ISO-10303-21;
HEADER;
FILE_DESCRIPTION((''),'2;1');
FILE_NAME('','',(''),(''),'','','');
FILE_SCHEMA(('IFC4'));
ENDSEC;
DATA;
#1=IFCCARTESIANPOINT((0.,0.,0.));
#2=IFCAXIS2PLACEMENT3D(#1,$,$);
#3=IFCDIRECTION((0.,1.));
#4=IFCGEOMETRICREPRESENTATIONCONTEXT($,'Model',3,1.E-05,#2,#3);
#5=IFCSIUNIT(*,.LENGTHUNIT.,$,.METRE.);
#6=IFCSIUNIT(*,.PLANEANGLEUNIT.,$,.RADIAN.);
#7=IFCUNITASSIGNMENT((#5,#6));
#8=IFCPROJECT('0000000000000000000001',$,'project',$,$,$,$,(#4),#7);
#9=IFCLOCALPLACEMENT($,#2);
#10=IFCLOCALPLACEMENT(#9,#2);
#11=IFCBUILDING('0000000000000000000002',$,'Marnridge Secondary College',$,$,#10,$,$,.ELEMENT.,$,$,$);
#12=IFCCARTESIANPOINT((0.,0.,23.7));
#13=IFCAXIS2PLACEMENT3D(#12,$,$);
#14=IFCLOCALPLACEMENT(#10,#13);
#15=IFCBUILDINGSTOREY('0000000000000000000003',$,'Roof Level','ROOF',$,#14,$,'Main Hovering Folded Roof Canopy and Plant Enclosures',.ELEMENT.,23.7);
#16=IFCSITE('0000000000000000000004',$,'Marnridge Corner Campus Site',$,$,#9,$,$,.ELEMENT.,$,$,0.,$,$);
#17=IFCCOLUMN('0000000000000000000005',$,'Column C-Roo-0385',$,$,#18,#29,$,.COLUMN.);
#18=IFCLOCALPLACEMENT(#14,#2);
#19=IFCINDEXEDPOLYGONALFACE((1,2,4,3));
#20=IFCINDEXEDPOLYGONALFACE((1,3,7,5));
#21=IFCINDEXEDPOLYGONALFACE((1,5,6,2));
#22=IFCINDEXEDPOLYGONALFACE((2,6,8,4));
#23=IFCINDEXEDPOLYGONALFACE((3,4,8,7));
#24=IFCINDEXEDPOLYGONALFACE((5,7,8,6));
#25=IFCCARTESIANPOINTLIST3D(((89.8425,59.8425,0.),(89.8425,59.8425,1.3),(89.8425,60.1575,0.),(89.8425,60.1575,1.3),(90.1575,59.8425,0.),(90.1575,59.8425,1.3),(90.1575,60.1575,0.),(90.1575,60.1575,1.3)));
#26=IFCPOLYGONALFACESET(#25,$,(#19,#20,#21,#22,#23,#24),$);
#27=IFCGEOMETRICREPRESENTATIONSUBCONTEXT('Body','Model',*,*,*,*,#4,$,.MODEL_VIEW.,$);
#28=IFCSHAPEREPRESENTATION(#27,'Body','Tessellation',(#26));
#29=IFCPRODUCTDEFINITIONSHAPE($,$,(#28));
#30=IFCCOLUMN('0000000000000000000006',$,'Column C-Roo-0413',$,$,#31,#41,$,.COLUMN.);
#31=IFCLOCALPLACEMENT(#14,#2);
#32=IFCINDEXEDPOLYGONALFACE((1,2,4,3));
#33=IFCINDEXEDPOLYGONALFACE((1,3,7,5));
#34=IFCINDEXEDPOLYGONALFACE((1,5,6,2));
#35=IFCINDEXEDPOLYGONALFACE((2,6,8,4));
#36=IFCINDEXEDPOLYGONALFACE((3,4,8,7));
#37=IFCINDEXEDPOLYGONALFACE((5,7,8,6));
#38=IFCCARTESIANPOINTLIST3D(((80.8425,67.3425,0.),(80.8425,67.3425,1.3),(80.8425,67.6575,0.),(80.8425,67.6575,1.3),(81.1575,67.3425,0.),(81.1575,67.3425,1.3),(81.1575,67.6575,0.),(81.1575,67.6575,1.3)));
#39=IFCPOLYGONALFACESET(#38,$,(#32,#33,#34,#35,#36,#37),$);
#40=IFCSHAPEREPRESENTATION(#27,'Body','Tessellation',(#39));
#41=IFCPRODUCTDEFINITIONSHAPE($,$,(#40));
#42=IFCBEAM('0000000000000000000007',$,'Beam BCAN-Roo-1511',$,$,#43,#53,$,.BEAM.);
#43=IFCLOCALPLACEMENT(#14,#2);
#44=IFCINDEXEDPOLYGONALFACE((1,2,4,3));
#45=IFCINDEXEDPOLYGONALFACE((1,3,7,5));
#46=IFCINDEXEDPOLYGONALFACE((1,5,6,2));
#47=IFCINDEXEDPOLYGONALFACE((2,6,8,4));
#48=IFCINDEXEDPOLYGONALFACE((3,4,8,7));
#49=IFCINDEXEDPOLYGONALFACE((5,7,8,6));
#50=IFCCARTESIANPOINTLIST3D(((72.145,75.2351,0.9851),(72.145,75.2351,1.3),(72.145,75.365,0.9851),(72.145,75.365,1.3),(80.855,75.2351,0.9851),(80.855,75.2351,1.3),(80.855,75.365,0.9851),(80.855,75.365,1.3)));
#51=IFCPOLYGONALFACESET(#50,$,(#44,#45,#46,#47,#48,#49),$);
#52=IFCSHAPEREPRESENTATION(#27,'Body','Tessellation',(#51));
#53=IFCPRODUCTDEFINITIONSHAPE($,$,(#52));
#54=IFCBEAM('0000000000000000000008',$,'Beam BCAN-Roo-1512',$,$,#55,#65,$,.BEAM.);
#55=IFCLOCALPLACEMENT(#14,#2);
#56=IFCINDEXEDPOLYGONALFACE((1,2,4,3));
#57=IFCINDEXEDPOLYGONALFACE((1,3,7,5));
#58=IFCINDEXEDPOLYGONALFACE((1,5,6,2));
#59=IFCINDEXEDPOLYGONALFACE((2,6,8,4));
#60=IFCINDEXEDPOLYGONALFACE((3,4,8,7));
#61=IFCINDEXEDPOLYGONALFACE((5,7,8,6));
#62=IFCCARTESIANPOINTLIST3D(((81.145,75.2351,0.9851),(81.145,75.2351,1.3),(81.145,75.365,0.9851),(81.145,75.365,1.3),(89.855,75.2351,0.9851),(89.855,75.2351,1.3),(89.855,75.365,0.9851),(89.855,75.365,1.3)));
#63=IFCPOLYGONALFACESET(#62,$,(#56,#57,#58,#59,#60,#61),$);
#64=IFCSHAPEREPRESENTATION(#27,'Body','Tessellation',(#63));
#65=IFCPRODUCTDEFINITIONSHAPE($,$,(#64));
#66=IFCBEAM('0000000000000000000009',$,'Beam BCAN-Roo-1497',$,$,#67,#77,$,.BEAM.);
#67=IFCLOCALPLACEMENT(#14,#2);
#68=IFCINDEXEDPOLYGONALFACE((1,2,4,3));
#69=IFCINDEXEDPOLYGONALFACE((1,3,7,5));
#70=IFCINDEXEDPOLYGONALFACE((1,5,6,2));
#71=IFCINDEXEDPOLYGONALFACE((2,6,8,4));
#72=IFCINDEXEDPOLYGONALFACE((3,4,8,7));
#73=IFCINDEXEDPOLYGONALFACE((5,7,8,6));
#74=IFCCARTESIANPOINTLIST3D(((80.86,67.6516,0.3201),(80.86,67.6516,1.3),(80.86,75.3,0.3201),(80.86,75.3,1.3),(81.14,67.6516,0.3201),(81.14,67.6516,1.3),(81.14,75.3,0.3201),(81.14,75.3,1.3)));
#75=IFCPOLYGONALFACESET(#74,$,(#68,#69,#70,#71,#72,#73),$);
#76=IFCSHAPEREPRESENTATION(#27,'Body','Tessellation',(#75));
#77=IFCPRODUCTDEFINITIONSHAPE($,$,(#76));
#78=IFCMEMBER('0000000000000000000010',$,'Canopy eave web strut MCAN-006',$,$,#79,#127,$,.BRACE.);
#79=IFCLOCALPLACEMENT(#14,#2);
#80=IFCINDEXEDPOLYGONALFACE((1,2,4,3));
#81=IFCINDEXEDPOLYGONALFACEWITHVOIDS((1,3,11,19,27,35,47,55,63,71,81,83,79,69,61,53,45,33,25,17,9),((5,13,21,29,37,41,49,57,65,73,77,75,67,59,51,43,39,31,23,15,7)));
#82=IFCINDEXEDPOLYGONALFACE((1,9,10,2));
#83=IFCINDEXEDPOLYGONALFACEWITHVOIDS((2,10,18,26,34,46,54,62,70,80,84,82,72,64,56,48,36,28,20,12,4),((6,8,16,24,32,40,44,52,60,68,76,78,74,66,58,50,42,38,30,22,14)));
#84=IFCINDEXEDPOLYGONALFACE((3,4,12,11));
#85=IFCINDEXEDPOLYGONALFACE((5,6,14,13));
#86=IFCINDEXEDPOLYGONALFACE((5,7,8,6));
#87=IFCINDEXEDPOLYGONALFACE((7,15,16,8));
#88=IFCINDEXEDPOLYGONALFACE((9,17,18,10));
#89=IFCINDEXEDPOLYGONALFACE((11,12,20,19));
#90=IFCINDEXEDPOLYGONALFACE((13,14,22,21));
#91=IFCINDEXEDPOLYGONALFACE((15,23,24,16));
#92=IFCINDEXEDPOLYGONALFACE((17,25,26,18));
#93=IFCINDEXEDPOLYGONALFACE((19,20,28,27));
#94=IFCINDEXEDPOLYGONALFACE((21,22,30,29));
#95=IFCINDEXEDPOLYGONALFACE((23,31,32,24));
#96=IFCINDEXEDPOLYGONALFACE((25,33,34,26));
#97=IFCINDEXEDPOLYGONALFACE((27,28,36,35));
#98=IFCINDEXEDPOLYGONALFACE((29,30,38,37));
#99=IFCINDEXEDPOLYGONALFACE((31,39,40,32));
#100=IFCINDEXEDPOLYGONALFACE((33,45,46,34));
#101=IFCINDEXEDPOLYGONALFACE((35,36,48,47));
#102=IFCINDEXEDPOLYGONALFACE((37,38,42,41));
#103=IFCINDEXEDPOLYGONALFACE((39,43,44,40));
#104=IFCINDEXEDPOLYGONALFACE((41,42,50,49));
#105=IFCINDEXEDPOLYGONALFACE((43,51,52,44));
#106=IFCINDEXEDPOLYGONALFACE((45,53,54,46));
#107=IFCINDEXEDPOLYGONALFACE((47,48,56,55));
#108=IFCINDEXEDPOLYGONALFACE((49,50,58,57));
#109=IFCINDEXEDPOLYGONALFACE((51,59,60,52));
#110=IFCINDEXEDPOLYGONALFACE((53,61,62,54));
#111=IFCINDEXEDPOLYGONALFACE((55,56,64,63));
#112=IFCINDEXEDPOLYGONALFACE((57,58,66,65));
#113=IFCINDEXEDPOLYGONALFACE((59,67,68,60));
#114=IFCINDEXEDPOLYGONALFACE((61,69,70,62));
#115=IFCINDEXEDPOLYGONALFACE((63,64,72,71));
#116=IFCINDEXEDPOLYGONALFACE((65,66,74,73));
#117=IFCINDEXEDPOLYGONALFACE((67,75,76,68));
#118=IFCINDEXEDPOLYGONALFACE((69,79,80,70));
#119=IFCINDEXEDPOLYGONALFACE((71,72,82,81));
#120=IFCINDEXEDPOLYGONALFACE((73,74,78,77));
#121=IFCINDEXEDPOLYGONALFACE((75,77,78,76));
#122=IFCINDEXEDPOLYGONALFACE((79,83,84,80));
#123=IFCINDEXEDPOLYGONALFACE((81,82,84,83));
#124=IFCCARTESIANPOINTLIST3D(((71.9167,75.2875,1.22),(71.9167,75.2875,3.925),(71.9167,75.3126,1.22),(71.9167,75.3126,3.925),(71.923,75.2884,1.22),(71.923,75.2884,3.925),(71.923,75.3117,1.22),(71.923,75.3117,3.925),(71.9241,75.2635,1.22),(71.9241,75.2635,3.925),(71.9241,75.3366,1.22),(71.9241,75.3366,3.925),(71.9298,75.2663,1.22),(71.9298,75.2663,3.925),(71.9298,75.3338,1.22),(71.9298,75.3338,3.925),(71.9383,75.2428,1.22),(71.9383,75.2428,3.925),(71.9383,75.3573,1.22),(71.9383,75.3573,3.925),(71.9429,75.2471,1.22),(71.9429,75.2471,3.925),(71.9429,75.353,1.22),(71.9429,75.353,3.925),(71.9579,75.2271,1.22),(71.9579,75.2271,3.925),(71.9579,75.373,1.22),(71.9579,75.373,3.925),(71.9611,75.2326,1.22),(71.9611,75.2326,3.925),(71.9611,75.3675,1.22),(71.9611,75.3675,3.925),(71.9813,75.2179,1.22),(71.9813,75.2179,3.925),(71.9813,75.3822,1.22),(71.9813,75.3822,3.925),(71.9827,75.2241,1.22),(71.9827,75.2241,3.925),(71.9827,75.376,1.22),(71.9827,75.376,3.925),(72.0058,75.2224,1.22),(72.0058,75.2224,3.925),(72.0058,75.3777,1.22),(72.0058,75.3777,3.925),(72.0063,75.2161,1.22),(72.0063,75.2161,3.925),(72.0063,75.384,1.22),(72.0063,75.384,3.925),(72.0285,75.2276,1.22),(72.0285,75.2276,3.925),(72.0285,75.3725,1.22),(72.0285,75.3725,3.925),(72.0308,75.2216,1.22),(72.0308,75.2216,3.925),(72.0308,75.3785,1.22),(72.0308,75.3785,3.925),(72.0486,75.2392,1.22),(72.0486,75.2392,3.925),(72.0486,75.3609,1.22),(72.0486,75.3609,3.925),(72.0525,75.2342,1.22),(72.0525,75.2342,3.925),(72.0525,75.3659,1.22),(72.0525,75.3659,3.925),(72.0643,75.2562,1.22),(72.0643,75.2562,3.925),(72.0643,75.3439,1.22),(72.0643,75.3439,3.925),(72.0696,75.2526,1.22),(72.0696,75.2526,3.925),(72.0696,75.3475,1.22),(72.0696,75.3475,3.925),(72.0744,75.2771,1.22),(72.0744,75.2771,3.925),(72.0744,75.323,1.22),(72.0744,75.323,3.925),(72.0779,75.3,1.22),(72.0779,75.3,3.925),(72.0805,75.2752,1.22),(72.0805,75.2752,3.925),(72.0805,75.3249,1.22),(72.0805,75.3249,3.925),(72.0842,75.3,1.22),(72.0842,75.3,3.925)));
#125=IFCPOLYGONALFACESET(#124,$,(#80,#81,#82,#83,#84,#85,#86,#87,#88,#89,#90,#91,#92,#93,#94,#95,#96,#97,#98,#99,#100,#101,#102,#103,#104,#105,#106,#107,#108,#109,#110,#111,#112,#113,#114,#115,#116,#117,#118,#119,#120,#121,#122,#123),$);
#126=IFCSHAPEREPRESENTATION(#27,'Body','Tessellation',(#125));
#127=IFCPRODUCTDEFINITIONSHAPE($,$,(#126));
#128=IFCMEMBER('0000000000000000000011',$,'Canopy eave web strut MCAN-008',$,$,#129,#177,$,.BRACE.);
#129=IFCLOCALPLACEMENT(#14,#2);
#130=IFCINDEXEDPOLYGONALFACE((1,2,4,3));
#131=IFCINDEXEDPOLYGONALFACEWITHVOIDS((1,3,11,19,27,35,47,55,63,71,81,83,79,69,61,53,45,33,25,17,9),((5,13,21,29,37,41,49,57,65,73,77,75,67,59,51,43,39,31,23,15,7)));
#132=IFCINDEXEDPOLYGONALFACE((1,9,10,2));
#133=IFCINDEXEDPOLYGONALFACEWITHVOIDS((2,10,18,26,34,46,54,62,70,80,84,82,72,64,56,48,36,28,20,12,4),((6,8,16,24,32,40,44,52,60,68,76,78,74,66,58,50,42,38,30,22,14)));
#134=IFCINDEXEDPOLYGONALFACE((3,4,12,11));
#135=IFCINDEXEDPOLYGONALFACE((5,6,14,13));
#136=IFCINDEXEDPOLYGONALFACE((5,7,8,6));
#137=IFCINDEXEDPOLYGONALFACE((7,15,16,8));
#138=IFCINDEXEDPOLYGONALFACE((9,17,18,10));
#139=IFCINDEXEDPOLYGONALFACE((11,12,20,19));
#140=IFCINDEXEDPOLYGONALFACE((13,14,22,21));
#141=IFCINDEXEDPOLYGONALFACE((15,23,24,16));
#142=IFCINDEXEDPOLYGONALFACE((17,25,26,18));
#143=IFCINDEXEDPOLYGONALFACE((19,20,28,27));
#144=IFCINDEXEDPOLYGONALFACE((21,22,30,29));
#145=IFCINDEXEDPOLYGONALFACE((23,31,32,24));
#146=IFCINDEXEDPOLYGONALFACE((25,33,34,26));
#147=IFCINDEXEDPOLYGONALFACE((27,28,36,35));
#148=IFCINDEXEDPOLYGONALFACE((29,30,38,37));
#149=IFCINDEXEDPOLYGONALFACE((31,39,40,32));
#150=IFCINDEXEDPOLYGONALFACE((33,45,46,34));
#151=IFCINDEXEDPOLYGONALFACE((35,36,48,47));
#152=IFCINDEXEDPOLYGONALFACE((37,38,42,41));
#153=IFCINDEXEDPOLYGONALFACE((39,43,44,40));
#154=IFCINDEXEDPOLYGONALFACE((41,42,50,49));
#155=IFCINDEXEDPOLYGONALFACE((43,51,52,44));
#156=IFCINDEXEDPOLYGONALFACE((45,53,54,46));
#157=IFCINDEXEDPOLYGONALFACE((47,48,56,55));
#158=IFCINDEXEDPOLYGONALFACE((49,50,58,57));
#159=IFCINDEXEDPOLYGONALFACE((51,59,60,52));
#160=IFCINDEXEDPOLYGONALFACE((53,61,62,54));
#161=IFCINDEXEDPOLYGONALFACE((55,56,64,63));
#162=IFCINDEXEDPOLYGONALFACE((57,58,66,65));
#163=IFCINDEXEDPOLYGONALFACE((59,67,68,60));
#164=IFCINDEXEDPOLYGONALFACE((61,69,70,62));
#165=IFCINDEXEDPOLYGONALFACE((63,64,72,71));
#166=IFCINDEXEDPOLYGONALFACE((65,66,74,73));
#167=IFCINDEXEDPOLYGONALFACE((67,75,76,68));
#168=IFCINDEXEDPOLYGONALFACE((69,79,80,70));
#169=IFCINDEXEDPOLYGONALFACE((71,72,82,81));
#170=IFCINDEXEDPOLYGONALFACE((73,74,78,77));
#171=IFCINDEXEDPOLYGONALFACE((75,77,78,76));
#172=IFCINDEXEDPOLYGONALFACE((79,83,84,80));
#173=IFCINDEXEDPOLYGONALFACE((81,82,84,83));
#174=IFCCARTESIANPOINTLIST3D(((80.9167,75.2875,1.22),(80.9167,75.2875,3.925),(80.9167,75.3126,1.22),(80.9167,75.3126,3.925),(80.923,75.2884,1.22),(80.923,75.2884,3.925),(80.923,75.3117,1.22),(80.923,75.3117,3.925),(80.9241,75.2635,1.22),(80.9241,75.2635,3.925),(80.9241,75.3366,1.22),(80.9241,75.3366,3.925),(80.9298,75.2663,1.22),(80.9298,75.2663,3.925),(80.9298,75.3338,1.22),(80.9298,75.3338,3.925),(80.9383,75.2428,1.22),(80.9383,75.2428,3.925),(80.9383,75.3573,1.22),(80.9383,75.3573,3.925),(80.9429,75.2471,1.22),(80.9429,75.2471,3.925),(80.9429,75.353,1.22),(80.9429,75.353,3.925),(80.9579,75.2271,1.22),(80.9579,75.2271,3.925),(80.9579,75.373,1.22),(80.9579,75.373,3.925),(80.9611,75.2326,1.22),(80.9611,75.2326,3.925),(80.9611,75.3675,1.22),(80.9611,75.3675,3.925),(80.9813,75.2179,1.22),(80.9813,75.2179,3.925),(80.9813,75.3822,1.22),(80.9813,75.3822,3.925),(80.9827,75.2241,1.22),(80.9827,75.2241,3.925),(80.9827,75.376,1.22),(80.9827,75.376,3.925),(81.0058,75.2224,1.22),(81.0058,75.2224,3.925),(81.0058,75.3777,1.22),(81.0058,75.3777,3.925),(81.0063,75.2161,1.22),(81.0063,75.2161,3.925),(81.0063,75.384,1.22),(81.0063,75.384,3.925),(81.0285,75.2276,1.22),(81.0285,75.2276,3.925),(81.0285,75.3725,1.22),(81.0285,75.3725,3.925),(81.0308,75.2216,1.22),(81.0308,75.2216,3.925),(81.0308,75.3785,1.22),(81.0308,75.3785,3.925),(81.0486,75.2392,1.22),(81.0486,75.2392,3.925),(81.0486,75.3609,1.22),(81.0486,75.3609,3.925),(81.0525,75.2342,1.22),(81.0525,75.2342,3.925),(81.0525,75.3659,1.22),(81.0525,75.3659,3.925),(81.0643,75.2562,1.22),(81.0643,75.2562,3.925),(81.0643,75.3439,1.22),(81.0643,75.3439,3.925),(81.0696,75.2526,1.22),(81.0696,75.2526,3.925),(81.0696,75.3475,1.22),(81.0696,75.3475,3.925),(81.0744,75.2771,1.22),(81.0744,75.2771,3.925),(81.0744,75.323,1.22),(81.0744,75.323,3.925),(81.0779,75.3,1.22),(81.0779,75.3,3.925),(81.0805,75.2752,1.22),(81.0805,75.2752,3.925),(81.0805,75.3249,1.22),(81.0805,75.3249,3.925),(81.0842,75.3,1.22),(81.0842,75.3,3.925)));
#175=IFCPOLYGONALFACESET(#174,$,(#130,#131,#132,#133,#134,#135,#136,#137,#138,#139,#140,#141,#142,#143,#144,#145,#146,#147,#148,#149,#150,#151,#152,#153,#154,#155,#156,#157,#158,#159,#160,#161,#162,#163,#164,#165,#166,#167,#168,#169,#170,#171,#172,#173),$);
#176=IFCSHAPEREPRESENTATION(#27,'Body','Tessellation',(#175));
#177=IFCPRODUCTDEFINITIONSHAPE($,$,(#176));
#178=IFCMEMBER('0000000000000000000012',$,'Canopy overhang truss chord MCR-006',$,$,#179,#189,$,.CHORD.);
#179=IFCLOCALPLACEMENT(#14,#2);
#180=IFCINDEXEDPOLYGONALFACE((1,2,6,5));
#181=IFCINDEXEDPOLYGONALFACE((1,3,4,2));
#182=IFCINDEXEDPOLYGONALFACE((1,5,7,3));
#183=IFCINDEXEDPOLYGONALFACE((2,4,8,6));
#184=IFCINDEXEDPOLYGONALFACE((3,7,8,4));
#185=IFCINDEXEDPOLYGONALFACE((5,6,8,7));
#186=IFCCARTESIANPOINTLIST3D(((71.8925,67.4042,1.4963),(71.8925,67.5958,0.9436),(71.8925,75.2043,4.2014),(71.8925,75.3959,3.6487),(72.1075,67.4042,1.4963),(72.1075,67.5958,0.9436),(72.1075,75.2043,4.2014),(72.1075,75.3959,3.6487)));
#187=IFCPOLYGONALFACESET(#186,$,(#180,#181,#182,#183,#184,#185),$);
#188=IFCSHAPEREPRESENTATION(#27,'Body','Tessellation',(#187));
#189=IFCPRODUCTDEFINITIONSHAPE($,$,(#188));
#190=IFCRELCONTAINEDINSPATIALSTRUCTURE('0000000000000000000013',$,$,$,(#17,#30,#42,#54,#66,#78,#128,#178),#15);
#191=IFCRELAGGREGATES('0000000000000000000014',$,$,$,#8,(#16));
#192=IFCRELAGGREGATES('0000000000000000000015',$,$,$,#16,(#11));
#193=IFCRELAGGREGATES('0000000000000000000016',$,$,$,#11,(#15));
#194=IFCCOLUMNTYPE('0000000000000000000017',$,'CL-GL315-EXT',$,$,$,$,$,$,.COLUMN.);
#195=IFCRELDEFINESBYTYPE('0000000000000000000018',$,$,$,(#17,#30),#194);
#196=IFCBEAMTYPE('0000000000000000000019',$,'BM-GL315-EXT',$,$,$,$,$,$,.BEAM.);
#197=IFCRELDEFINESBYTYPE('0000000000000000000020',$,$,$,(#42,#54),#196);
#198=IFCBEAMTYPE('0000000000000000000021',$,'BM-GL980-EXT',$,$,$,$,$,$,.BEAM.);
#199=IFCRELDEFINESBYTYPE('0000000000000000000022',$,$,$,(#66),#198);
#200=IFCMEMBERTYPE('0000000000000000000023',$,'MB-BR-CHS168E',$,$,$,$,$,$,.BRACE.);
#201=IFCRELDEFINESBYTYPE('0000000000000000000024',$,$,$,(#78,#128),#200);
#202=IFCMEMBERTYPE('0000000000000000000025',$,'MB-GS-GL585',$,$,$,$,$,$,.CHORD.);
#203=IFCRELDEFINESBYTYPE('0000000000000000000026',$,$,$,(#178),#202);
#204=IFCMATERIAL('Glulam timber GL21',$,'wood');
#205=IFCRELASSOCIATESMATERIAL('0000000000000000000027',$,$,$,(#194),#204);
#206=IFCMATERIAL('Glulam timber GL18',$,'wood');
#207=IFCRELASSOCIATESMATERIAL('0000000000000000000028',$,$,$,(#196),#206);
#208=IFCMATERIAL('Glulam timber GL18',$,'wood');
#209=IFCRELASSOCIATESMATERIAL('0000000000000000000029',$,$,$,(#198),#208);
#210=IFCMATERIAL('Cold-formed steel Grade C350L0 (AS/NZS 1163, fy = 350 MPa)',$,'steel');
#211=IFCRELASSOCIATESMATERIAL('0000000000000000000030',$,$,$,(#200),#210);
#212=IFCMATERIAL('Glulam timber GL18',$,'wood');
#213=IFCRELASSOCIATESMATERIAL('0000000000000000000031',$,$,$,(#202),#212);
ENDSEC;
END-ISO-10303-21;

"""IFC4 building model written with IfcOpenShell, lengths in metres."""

from ifc_helpers import new_model, si_unit, direction, frame, origin, origin_2d, place, context, subcontext, project, spatial, rectangle, hollow_circle, extrude, material, material_profile, profile_set, type_object, element, save


model = new_model("IFC4")

# Units and contexts
model_context = context("Model", 3, precision=1e-05, world=origin(), true_north=direction((0.0, 1.0)))
body_context = subcontext(model_context, "Body", "Model", "MODEL_VIEW")
ifc_project = project(units=[si_unit("LENGTHUNIT", "METRE"), si_unit("PLANEANGLEUNIT", "RADIAN")], contexts=[model_context])

# Site, building, storey
site_placement = place(None, origin())
site = spatial("IfcSite", under=ifc_project, at=site_placement, Name="Marnridge Corner Campus Site", CompositionType="ELEMENT", RefElevation=0.0)
building_placement = place(site_placement, origin())
building = spatial("IfcBuilding", under=site, at=building_placement, Name="Marnridge Secondary College", CompositionType="ELEMENT")
storey_placement = place(building_placement, frame((0.0, 0.0, 23.7)))
storey = spatial("IfcBuildingStorey", under=building, at=storey_placement, Name="Roof Level", Description="ROOF", LongName="Main Hovering Folded Roof Canopy and Plant Enclosures", CompositionType="ELEMENT", Elevation=23.7)

# Columns
ifc_material_1 = material(Name="Glulam timber GL21", Category="wood")
ifc_material_profile_1 = material_profile(ifc_material_1, rectangle(XDim=0.3149, YDim=0.3149, at=origin_2d()), Name="GL21 315x315")
ifc_profile_set_1 = profile_set([ifc_material_profile_1], Name="Glulam timber GL21")
column_type = type_object("IfcColumnType", Name="CL-GL315-EXT", PredefinedType="COLUMN", material=ifc_profile_set_1)
for number, where, z_axis, x_axis, name in (
    (1, (90.0, 60.0, 0.0), (0.0, 0.0, 1.0), (1.0, 0.0, 0.0), "Column C-Roo-0385"),
    (2, (81.0, 67.5, 0.0), (0.0, 0.0, 1.0), (1.0, 0.0, 0.0), "Column C-Roo-0413"),
):
    element("IfcColumn", number, at=place(storey_placement, frame(where, z_axis=z_axis, x_axis=x_axis)), inside=storey, type_object=column_type, Name=name, PredefinedType="COLUMN", context=body_context, shape_type="SweptSolid", body=[
        extrude(rectangle(XDim=0.3149, YDim=0.3149, at=origin_2d()), origin(), (0.0, 0.0, 1.0), 1.3),
    ])

# Beams
ifc_material_2 = material(Name="Glulam timber GL18", Category="wood")
ifc_material_profile_2 = material_profile(ifc_material_2, rectangle(XDim=0.1299, YDim=0.3149, at=origin_2d()), Name="GL18 130x315")
ifc_profile_set_2 = profile_set([ifc_material_profile_2], Name="Glulam timber GL18")
beam_type_1 = type_object("IfcBeamType", Name="BM-GL315-EXT", PredefinedType="BEAM", material=ifc_profile_set_2)
for number, where, z_axis, x_axis, name in (
    (3, (72.145, 75.3, 1.1426), (1.0, 0.0, 0.0), (0.0, 1.0, 0.0), "Beam BCAN-Roo-1511"),
    (4, (81.145, 75.3, 1.1426), (1.0, 0.0, 0.0), (0.0, 1.0, 0.0), "Beam BCAN-Roo-1512"),
):
    element("IfcBeam", number, at=place(storey_placement, frame(where, z_axis=z_axis, x_axis=x_axis)), inside=storey, type_object=beam_type_1, Name=name, PredefinedType="BEAM", context=body_context, shape_type="SweptSolid", body=[
        extrude(rectangle(XDim=0.1299, YDim=0.3149, at=origin_2d()), origin(), (0.0, 0.0, 1.0), 8.71),
    ])
ifc_material_3 = material(Name="Glulam timber GL18", Category="wood")
ifc_material_profile_3 = material_profile(ifc_material_3, rectangle(XDim=0.28, YDim=0.98, at=origin_2d()), Name="GL18 280x980")
ifc_profile_set_3 = profile_set([ifc_material_profile_3], Name="Glulam timber GL18")
beam_type_2 = type_object("IfcBeamType", Name="BM-GL980-EXT", PredefinedType="BEAM", material=ifc_profile_set_3)
beam_placement = place(storey_placement, frame((81.0, 67.6516, 0.8101), z_axis=(0.0, 1.0, 0.0), x_axis=(-1.0, 0.0, 0.0)))
element("IfcBeam", 5, at=beam_placement, inside=storey, type_object=beam_type_2, Name="Beam BCAN-Roo-1497", PredefinedType="BEAM", context=body_context, shape_type="SweptSolid", body=[
    extrude(rectangle(XDim=0.28, YDim=0.98, at=origin_2d()), origin(), (0.0, 0.0, 1.0), 7.6484),
])

# Members
ifc_material_4 = material(Name="Cold-formed steel Grade C350L0 (AS/NZS 1163, fy = 350 MPa)", Category="steel")
ifc_material_profile_4 = material_profile(ifc_material_4, hollow_circle(Radius=0.0842, WallThickness=0.0063, at=origin_2d()), Name="168.3x6.4CHS")
ifc_profile_set_4 = profile_set([ifc_material_profile_4], Name="Cold-formed steel Grade C350L0 (AS/NZS 1163, fy = 350 MPa)")
member_type_1 = type_object("IfcMemberType", Name="MB-BR-CHS168E", PredefinedType="BRACE", material=ifc_profile_set_4)
for number, where, z_axis, x_axis, name in (
    (6, (72.0, 75.3, 1.22), (0.0, 0.0, 1.0), (1.0, 0.0, 0.0), "Canopy eave web strut MCAN-006"),
    (7, (81.0, 75.3, 1.22), (0.0, 0.0, 1.0), (1.0, 0.0, 0.0), "Canopy eave web strut MCAN-008"),
):
    element("IfcMember", number, at=place(storey_placement, frame(where, z_axis=z_axis, x_axis=x_axis)), inside=storey, type_object=member_type_1, Name=name, PredefinedType="BRACE", context=body_context, shape_type="SweptSolid", body=[
        extrude(hollow_circle(Radius=0.0842, WallThickness=0.0063, at=origin_2d()), origin(), (0.0, 0.0, 1.0), 2.7051),
    ])
ifc_material_5 = material(Name="Glulam timber GL18", Category="wood")
ifc_material_profile_5 = material_profile(ifc_material_5, rectangle(XDim=0.2151, YDim=0.585, at=origin_2d()), Name="GL18 215x585")
ifc_profile_set_5 = profile_set([ifc_material_profile_5], Name="Glulam timber GL18")
member_type_2 = type_object("IfcMemberType", Name="MB-GS-GL585", PredefinedType="CHORD", material=ifc_profile_set_5)
for number, where, z_axis, x_axis, name in (
    (8, (72.0, 67.5, 1.22), (0.0, 0.944796, 0.327658), (-1.0, 0.0, 0.0), "Canopy overhang truss chord MCR-006"),
):
    element("IfcMember", number, at=place(storey_placement, frame(where, z_axis=z_axis, x_axis=x_axis)), inside=storey, type_object=member_type_2, Name=name, PredefinedType="CHORD", context=body_context, shape_type="SweptSolid", body=[
        extrude(rectangle(XDim=0.2151, YDim=0.585, at=origin_2d()), origin(), (0.0, 0.0, 1.0), 8.2559),
    ])

save(model, "model.ifc")
